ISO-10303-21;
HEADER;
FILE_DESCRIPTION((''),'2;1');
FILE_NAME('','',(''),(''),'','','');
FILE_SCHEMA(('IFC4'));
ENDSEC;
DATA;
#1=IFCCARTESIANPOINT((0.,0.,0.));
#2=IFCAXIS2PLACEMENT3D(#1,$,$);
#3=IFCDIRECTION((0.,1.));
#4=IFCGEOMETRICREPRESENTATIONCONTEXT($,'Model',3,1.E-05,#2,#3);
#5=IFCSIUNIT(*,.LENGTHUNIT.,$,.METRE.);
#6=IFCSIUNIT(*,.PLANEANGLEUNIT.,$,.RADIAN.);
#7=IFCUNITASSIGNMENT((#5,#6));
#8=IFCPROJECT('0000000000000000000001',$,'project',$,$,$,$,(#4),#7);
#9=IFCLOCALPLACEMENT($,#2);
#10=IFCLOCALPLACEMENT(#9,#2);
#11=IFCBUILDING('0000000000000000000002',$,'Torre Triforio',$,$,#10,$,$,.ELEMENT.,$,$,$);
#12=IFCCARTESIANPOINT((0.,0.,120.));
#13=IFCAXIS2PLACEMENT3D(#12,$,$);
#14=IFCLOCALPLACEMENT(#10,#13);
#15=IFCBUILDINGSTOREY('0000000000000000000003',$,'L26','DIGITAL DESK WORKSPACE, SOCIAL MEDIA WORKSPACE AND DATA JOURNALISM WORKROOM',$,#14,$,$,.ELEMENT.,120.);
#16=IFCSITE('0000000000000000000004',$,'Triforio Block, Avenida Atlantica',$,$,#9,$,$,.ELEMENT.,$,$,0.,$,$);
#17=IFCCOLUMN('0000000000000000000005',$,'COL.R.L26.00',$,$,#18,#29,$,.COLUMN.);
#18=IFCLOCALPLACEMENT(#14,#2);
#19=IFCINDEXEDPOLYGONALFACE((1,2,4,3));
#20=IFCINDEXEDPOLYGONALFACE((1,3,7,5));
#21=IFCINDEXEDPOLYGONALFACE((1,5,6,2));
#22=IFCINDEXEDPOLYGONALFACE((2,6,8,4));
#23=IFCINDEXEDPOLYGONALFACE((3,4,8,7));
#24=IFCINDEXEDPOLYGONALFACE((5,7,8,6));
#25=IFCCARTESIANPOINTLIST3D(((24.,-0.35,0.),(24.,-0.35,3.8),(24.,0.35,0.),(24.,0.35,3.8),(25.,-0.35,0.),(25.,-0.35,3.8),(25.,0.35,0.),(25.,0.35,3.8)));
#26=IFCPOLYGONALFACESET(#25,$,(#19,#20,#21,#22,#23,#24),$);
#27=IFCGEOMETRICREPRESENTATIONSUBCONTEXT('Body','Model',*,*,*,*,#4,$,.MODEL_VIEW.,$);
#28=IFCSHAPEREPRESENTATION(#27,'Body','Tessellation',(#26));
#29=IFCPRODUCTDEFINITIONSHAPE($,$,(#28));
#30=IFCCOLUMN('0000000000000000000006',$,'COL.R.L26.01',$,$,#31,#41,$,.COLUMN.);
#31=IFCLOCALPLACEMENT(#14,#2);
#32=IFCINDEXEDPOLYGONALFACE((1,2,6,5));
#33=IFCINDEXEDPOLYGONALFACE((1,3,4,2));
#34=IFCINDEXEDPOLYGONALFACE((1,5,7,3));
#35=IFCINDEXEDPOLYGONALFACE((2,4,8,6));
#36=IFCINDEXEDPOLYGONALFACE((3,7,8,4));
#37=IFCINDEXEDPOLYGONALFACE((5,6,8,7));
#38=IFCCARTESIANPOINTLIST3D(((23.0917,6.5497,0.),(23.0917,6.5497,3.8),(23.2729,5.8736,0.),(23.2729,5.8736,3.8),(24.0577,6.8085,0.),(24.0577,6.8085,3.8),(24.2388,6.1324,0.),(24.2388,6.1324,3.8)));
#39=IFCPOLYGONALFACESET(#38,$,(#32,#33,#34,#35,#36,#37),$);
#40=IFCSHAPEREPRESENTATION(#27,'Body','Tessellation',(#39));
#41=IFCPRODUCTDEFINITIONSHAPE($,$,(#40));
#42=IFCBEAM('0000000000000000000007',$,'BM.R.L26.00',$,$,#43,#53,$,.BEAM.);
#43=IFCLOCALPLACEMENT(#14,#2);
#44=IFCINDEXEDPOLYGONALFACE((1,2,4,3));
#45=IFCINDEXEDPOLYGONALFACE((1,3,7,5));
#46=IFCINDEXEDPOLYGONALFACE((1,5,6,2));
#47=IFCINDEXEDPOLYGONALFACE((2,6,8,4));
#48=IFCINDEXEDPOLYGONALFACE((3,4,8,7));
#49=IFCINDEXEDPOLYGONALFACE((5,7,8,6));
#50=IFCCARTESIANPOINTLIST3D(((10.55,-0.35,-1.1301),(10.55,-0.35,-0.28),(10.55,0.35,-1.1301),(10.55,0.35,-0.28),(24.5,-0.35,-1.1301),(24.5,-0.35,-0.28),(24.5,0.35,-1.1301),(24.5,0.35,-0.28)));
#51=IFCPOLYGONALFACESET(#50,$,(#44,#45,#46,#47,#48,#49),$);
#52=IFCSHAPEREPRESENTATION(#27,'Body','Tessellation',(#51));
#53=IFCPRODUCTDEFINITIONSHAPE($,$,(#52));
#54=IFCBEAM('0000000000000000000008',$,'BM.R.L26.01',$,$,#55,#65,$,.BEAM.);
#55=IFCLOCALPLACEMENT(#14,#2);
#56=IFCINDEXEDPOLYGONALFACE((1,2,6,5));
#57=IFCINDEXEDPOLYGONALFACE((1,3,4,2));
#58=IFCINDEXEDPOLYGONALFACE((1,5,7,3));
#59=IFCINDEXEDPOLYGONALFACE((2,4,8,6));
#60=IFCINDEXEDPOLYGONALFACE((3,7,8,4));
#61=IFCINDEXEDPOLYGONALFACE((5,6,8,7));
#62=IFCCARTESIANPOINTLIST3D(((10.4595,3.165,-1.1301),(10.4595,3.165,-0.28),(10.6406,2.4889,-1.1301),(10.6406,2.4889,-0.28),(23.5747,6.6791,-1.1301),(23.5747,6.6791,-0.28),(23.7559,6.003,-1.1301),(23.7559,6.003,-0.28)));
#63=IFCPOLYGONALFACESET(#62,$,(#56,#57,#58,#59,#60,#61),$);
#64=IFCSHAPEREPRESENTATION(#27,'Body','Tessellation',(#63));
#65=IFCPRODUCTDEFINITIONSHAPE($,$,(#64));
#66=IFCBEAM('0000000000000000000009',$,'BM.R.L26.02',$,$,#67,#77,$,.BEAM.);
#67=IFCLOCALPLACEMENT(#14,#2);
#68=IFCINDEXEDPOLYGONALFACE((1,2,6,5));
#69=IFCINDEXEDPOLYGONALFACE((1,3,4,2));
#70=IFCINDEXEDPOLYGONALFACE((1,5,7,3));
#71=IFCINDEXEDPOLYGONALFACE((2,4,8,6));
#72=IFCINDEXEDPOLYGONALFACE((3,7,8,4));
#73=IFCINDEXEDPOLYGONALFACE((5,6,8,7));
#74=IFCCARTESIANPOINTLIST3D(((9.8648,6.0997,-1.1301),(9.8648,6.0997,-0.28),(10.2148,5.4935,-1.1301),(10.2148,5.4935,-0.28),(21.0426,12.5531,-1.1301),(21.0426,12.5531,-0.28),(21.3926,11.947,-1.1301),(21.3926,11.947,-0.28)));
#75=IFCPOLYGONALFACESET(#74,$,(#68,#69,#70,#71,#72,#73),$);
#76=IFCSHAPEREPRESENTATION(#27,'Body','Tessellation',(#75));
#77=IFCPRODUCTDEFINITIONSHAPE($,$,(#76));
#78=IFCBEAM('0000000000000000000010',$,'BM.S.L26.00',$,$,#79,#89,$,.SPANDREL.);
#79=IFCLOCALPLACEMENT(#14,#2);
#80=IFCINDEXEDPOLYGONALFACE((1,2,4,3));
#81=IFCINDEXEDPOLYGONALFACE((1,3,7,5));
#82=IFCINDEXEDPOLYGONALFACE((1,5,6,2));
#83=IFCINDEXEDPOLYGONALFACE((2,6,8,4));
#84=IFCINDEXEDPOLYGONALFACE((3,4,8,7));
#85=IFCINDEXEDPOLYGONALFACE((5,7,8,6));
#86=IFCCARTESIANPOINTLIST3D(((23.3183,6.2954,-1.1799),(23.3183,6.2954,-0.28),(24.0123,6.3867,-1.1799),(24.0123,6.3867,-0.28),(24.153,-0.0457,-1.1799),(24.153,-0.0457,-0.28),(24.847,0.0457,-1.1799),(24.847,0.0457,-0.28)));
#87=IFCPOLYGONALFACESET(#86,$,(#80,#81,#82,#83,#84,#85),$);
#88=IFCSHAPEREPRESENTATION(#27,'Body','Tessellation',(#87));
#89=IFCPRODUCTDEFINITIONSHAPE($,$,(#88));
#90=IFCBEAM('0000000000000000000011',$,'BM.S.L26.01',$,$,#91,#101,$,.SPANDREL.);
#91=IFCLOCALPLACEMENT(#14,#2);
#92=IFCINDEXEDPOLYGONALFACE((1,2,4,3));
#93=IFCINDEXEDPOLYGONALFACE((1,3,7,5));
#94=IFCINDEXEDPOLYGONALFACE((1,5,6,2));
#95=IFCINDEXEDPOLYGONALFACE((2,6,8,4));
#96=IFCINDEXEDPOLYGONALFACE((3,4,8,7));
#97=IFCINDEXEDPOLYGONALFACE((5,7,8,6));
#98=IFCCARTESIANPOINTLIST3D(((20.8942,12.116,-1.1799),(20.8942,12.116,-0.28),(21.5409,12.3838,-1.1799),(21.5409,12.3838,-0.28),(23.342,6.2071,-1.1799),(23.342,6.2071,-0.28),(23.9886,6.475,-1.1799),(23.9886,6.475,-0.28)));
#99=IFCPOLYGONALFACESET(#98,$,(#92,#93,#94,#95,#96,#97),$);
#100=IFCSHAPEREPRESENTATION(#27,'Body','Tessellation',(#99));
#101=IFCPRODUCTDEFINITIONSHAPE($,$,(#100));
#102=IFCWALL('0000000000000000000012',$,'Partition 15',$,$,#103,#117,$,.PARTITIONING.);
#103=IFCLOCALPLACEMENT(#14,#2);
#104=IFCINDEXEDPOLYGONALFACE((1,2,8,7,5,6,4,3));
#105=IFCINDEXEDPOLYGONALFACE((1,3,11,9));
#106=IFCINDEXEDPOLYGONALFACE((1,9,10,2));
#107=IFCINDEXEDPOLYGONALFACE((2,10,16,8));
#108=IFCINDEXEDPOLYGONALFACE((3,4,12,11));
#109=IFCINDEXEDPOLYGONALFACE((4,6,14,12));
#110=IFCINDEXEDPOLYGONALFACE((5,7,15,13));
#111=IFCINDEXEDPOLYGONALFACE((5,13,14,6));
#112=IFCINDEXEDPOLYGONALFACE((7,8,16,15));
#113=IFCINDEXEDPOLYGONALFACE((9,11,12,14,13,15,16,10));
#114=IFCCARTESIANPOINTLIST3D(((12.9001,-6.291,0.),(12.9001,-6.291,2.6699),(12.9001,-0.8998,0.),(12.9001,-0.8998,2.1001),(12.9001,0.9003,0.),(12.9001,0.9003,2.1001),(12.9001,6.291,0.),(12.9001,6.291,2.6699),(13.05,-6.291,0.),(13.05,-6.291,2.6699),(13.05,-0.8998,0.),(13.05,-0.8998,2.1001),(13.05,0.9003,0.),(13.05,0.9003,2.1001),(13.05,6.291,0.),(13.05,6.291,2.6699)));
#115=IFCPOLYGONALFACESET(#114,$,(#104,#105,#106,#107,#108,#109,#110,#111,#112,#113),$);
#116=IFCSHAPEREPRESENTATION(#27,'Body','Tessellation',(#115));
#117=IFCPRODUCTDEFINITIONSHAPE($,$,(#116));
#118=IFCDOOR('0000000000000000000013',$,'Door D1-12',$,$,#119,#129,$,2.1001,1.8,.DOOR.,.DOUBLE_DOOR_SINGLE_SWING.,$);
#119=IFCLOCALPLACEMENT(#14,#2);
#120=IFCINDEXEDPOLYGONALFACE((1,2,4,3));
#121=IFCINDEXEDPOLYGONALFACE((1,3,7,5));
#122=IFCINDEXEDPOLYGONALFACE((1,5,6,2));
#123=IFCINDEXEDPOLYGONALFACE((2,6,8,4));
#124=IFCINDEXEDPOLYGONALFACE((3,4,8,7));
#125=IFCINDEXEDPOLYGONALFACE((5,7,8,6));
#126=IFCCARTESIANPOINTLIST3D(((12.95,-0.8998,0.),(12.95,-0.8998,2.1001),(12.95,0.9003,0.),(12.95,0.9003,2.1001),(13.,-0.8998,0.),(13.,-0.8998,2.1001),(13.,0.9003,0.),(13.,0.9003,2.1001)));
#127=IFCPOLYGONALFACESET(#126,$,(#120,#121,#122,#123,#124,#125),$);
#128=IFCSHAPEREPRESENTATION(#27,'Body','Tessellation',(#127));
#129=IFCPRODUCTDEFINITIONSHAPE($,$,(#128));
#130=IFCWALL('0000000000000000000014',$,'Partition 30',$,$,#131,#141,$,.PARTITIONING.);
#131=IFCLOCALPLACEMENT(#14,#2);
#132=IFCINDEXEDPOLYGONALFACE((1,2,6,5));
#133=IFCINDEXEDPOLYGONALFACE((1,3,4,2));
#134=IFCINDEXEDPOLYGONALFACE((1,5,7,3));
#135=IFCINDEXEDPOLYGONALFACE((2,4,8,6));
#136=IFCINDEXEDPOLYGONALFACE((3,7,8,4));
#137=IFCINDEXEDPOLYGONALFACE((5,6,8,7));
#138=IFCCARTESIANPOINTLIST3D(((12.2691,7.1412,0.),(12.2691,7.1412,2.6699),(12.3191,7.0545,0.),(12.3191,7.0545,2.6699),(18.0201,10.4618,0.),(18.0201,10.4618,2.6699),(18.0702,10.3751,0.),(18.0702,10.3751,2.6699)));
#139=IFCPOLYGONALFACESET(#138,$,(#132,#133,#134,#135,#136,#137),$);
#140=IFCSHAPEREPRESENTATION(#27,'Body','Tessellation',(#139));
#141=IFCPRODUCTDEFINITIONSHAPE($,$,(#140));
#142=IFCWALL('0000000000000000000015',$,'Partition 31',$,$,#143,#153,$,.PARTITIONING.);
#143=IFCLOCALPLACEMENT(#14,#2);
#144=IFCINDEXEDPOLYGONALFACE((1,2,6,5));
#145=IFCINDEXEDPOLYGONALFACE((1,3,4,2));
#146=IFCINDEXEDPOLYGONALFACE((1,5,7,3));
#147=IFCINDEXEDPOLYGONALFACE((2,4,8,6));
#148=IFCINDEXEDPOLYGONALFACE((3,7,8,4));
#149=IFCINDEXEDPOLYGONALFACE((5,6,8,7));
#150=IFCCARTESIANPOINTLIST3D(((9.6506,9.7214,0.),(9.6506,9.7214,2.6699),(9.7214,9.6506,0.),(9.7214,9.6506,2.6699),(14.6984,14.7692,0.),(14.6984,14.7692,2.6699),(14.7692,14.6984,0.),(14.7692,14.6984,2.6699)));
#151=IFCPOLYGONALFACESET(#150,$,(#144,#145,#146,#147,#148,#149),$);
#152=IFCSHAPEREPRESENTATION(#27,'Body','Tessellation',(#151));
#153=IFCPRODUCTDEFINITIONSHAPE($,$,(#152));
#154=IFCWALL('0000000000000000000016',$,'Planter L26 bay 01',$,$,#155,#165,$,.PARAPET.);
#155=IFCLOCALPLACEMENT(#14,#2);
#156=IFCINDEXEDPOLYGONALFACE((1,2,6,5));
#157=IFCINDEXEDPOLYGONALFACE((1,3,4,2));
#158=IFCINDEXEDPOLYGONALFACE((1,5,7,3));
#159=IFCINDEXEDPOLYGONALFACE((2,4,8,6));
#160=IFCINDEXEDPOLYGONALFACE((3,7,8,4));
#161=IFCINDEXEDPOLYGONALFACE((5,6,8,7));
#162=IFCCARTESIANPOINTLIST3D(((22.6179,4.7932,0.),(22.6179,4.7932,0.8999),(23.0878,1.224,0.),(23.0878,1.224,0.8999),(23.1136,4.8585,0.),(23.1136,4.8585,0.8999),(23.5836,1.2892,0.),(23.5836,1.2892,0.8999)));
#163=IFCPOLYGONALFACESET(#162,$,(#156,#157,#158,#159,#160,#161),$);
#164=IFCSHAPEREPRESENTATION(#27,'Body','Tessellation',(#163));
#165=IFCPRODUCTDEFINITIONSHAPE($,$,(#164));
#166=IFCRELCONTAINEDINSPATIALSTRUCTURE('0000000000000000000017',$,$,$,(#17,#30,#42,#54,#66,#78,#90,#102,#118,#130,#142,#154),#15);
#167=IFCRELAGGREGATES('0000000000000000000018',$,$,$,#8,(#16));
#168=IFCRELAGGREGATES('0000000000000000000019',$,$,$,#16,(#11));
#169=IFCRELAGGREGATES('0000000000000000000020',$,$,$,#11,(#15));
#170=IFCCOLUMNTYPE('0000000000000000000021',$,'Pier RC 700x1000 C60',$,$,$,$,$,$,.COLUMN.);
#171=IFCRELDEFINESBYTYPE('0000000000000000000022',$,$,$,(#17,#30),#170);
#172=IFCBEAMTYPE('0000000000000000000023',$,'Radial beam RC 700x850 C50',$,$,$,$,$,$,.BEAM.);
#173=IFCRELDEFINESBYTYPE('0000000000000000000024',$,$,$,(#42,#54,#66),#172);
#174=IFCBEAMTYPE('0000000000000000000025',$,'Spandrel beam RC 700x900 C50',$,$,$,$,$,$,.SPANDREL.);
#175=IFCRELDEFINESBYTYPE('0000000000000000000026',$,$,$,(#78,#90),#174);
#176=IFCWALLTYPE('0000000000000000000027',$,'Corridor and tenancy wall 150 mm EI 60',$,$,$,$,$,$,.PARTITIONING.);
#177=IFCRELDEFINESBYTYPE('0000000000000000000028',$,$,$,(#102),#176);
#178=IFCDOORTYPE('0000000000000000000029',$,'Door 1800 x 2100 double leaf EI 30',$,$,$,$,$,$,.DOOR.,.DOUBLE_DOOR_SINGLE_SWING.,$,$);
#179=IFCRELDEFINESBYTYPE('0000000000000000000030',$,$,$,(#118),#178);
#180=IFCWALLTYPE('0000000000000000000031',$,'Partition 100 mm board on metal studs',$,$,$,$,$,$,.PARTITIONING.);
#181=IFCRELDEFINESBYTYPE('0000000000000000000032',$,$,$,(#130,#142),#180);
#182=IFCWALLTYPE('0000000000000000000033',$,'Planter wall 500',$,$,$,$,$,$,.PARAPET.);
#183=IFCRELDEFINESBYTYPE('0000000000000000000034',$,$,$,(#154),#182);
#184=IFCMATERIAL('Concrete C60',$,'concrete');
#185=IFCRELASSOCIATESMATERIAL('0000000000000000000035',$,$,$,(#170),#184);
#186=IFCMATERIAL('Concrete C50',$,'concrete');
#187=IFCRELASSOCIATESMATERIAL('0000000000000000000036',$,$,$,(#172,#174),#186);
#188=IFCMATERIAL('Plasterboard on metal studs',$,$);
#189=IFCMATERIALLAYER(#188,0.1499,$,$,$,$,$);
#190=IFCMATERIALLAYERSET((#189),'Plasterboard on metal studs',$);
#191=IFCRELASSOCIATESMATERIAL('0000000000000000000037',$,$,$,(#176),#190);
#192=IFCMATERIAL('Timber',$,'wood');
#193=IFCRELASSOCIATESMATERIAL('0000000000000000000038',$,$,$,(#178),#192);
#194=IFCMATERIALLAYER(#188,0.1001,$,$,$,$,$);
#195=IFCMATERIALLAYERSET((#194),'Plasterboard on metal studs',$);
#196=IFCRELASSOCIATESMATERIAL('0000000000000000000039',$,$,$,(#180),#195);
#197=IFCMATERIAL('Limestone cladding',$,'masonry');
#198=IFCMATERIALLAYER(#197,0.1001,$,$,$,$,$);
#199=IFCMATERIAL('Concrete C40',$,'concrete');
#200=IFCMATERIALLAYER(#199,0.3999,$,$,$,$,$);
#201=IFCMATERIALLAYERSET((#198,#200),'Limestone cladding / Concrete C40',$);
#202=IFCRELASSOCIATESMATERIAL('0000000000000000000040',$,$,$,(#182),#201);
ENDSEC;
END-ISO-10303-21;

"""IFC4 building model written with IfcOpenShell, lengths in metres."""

from ifc_helpers import new_model, si_unit, direction, frame, frame_2d, origin, origin_2d, place, context, subcontext, project, spatial, rectangle, extrude, material, layer, layer_set, material_profile, profile_set, type_object, element, fill, save


model = new_model("IFC4")

# Units and contexts
model_context = context("Model", 3, precision=1e-05, world=origin(), true_north=direction((0.0, 1.0)))
body_context = subcontext(model_context, "Body", "Model", "MODEL_VIEW")
ifc_project = project(units=[si_unit("LENGTHUNIT", "METRE"), si_unit("PLANEANGLEUNIT", "RADIAN")], contexts=[model_context])

# Site, building, storey
site_placement = place(None, origin())
site = spatial("IfcSite", under=ifc_project, at=site_placement, Name="Triforio Block, Avenida Atlantica", CompositionType="ELEMENT", RefElevation=0.0)
building_placement = place(site_placement, origin())
building = spatial("IfcBuilding", under=site, at=building_placement, Name="Torre Triforio", CompositionType="ELEMENT")
storey_placement = place(building_placement, frame((0.0, 0.0, 120.0)))
storey = spatial("IfcBuildingStorey", under=building, at=storey_placement, Name="L26", Description="DIGITAL DESK WORKSPACE, SOCIAL MEDIA WORKSPACE AND DATA JOURNALISM WORKROOM", CompositionType="ELEMENT", Elevation=120.0)

# Columns
ifc_material_1 = material(Name="Concrete C60", Category="concrete")
ifc_material_profile_1 = material_profile(ifc_material_1, rectangle(XDim=0.7, YDim=1.0, at=origin_2d()), Name="RC 700x1000")
ifc_profile_set_1 = profile_set([ifc_material_profile_1], Name="Concrete C60")
column_type = type_object("IfcColumnType", Name="Pier RC 700x1000 C60", PredefinedType="COLUMN", material=ifc_profile_set_1)
for number, where, z_axis, x_axis, name in (
    (1, (24.5, 0.0, 0.0), (0.0, 0.0, 1.0), (0.0, 1.0, 0.0), "COL.R.L26.00"),
    (2, (23.6653, 6.3411, 0.0), (0.0, 0.0, 1.0), (-0.258819, 0.965926, 0.0), "COL.R.L26.01"),
):
    element("IfcColumn", number, at=place(storey_placement, frame(where, z_axis=z_axis, x_axis=x_axis)), inside=storey, type_object=column_type, Name=name, PredefinedType="COLUMN", context=body_context, shape_type="SweptSolid", body=[
        extrude(rectangle(XDim=0.7, YDim=1.0, at=origin_2d()), origin(), (0.0, 0.0, 1.0), 3.8),
    ])

# Beams
ifc_material_2 = material(Name="Concrete C50", Category="concrete")
ifc_material_profile_2 = material_profile(ifc_material_2, rectangle(XDim=0.7, YDim=0.8501, at=origin_2d()), Name="RC 700x850")
ifc_profile_set_2 = profile_set([ifc_material_profile_2], Name="Concrete C50")
beam_type_1 = type_object("IfcBeamType", Name="Radial beam RC 700x850 C50", PredefinedType="BEAM", material=ifc_profile_set_2)
beam_1_placement = place(storey_placement, frame((10.55, 0.0, -0.7051), z_axis=(1.0, 0.0, 0.0), x_axis=(0.0, 1.0, 0.0)))
element("IfcBeam", 3, at=beam_1_placement, inside=storey, type_object=beam_type_1, Name="BM.R.L26.00", PredefinedType="BEAM", context=body_context, shape_type="SweptSolid", body=[
    extrude(rectangle(XDim=0.7, YDim=0.8501, at=origin_2d()), origin(), (0.0, 0.0, 1.0), 13.95),
])
beam_2_placement = place(storey_placement, frame((10.55, 2.8269, -0.7051), z_axis=(0.965927, 0.258815, 0.0), x_axis=(-0.258815, 0.965927, 0.0)))
element("IfcBeam", 4, at=beam_2_placement, inside=storey, type_object=beam_type_1, Name="BM.R.L26.01", PredefinedType="BEAM", context=body_context, shape_type="SweptSolid", body=[
    extrude(rectangle(XDim=0.7, YDim=0.8501, at=origin_2d()), origin(), (0.0, 0.0, 1.0), 13.5779),
])
beam_3_placement = place(storey_placement, frame((10.0398, 5.7966, -0.7051), z_axis=(0.866029, 0.499994, 0.0), x_axis=(-0.499994, 0.866029, 0.0)))
element("IfcBeam", 5, at=beam_3_placement, inside=storey, type_object=beam_type_1, Name="BM.R.L26.02", PredefinedType="BEAM", context=body_context, shape_type="SweptSolid", body=[
    extrude(rectangle(XDim=0.7, YDim=0.8501, at=origin_2d()), origin(), (0.0, 0.0, 1.0), 12.907),
])
ifc_material_profile_3 = material_profile(ifc_material_2, rectangle(XDim=0.7, YDim=0.8999, at=origin_2d()), Name="RC 700x900")
ifc_profile_set_3 = profile_set([ifc_material_profile_3], Name="Concrete C50")
beam_type_2 = type_object("IfcBeamType", Name="Spandrel beam RC 700x900 C50", PredefinedType="SPANDREL", material=ifc_profile_set_3)
for number, where, z_axis, x_axis, name in (
    (6, (24.5, 0.0, -0.73), (-0.130511, 0.991447, 0.0), (-0.991447, -0.130511, 0.0), "BM.S.L26.00"),
    (7, (23.6653, 6.3411, -0.73), (-0.382709, 0.923869, 0.0), (-0.923869, -0.382709, 0.0), "BM.S.L26.01"),
):
    element("IfcBeam", number, at=place(storey_placement, frame(where, z_axis=z_axis, x_axis=x_axis)), inside=storey, type_object=beam_type_2, Name=name, PredefinedType="SPANDREL", context=body_context, shape_type="SweptSolid", body=[
        extrude(rectangle(XDim=0.7, YDim=0.8999, at=origin_2d()), origin(), (0.0, 0.0, 1.0), 6.3958),
    ])

# Wall, opening, door
ifc_material_3 = material(Name="Plasterboard on metal studs")
ifc_layer_1 = layer(ifc_material_3, 0.1499)
ifc_layer_set_1 = layer_set([ifc_layer_1], Name="Plasterboard on metal studs")
wall_type_1 = type_object("IfcWallType", Name="Corridor and tenancy wall 150 mm EI 60", PredefinedType="PARTITIONING", material=ifc_layer_set_1)
wall_1_placement = place(storey_placement, frame((12.9751, 6.291, 0.0), z_axis=(0.0, 0.0, 1.0), x_axis=(0.0, -1.0, 0.0)))
wall_1 = element("IfcWall", 8, at=wall_1_placement, inside=storey, type_object=wall_type_1, Name="Partition 15", PredefinedType="PARTITIONING", context=body_context, shape_type="SweptSolid", body=[
    extrude(rectangle(XDim=12.582, YDim=0.1499, at=frame_2d((6.291, 0.0))), origin(), (0.0, 0.0, 1.0), 2.6699),
])
opening_1_placement = place(wall_1_placement, frame((5.3909, 0.0, 0.0)))
opening_1 = element("IfcOpeningElement", 9, at=opening_1_placement, cuts=wall_1, PredefinedType="OPENING", context=body_context, shape_type="SweptSolid", body=[
    extrude(rectangle(XDim=1.8, YDim=2.1001, at=frame_2d((0.8999, 1.05))), frame((0.0, 0.085, 0.0), z_axis=(0.0, -1.0, 0.0), x_axis=(1.0, 0.0, 0.0)), (0.0, 0.0, 1.0), 0.1699),
])
ifc_material_4 = material(Name="Timber", Category="wood")
door_type_1 = type_object("IfcDoorType", Name="Door 1800 x 2100 double leaf EI 30", OperationType="DOUBLE_DOOR_SINGLE_SWING", PredefinedType="DOOR", material=ifc_material_4)
door_1_placement = place(opening_1_placement, origin())
door_1 = element("IfcDoor", 10, at=door_1_placement, inside=storey, type_object=door_type_1, Name="Door D1-12", OperationType="DOUBLE_DOOR_SINGLE_SWING", OverallHeight=2.1001, OverallWidth=1.8, PredefinedType="DOOR", context=body_context, shape_type="SweptSolid", body=[
    extrude(rectangle(XDim=1.8, YDim=2.1001, at=frame_2d((0.8999, 1.05))), frame((0.0, 0.0249, 0.0), z_axis=(0.0, -1.0, 0.0), x_axis=(1.0, 0.0, 0.0)), (0.0, 0.0, 1.0), 0.05),
])
fill(opening_1, door_1)

# Walls
ifc_layer_2 = layer(ifc_material_3, 0.1001)
ifc_layer_set_2 = layer_set([ifc_layer_2], Name="Plasterboard on metal studs")
wall_type_2 = type_object("IfcWallType", Name="Partition 100 mm board on metal studs", PredefinedType="PARTITIONING", material=ifc_layer_set_2)
wall_2_placement = place(storey_placement, frame((12.2942, 7.0979, 0.0), z_axis=(0.0, 0.0, 1.0), x_axis=(0.86601, 0.500026, 0.0)))
element("IfcWall", 11, at=wall_2_placement, inside=storey, type_object=wall_type_2, Name="Partition 30", PredefinedType="PARTITIONING", context=body_context, shape_type="SweptSolid", body=[
    extrude(rectangle(XDim=6.6409, YDim=0.1001, at=frame_2d((3.3203, 0.0))), origin(), (0.0, 0.0, 1.0), 2.6699),
])
wall_3_placement = place(storey_placement, frame((9.686, 9.686, 0.0), z_axis=(0.0, 0.0, 1.0), x_axis=(0.707107, 0.707107, 0.0)))
element("IfcWall", 12, at=wall_3_placement, inside=storey, type_object=wall_type_2, Name="Partition 31", PredefinedType="PARTITIONING", context=body_context, shape_type="SweptSolid", body=[
    extrude(rectangle(XDim=7.1387, YDim=0.1001, at=frame_2d((3.5693, 0.0))), origin(), (0.0, 0.0, 1.0), 2.6699),
])
ifc_material_5 = material(Name="Limestone cladding", Category="masonry")
ifc_layer_3 = layer(ifc_material_5, 0.1001)
ifc_material_6 = material(Name="Concrete C40", Category="concrete")
ifc_layer_4 = layer(ifc_material_6, 0.3999)
ifc_layer_set_3 = layer_set([ifc_layer_3, ifc_layer_4], Name="Limestone cladding / Concrete C40")
wall_type_3 = type_object("IfcWallType", Name="Planter wall 500", PredefinedType="PARAPET", material=ifc_layer_set_3)
wall_4_placement = place(storey_placement, frame((23.3357, 1.2566, 0.0), z_axis=(0.0, 0.0, 1.0), x_axis=(-0.130542, 0.991443, 0.0)))
element("IfcWall", 13, at=wall_4_placement, inside=storey, type_object=wall_type_3, Name="Planter L26 bay 01", PredefinedType="PARAPET", context=body_context, shape_type="SweptSolid", body=[
    extrude(rectangle(XDim=3.6001, YDim=0.5, at=frame_2d((1.8, 0.0))), origin(), (0.0, 0.0, 1.0), 0.8999),
])

save(model, "model.ifc")
